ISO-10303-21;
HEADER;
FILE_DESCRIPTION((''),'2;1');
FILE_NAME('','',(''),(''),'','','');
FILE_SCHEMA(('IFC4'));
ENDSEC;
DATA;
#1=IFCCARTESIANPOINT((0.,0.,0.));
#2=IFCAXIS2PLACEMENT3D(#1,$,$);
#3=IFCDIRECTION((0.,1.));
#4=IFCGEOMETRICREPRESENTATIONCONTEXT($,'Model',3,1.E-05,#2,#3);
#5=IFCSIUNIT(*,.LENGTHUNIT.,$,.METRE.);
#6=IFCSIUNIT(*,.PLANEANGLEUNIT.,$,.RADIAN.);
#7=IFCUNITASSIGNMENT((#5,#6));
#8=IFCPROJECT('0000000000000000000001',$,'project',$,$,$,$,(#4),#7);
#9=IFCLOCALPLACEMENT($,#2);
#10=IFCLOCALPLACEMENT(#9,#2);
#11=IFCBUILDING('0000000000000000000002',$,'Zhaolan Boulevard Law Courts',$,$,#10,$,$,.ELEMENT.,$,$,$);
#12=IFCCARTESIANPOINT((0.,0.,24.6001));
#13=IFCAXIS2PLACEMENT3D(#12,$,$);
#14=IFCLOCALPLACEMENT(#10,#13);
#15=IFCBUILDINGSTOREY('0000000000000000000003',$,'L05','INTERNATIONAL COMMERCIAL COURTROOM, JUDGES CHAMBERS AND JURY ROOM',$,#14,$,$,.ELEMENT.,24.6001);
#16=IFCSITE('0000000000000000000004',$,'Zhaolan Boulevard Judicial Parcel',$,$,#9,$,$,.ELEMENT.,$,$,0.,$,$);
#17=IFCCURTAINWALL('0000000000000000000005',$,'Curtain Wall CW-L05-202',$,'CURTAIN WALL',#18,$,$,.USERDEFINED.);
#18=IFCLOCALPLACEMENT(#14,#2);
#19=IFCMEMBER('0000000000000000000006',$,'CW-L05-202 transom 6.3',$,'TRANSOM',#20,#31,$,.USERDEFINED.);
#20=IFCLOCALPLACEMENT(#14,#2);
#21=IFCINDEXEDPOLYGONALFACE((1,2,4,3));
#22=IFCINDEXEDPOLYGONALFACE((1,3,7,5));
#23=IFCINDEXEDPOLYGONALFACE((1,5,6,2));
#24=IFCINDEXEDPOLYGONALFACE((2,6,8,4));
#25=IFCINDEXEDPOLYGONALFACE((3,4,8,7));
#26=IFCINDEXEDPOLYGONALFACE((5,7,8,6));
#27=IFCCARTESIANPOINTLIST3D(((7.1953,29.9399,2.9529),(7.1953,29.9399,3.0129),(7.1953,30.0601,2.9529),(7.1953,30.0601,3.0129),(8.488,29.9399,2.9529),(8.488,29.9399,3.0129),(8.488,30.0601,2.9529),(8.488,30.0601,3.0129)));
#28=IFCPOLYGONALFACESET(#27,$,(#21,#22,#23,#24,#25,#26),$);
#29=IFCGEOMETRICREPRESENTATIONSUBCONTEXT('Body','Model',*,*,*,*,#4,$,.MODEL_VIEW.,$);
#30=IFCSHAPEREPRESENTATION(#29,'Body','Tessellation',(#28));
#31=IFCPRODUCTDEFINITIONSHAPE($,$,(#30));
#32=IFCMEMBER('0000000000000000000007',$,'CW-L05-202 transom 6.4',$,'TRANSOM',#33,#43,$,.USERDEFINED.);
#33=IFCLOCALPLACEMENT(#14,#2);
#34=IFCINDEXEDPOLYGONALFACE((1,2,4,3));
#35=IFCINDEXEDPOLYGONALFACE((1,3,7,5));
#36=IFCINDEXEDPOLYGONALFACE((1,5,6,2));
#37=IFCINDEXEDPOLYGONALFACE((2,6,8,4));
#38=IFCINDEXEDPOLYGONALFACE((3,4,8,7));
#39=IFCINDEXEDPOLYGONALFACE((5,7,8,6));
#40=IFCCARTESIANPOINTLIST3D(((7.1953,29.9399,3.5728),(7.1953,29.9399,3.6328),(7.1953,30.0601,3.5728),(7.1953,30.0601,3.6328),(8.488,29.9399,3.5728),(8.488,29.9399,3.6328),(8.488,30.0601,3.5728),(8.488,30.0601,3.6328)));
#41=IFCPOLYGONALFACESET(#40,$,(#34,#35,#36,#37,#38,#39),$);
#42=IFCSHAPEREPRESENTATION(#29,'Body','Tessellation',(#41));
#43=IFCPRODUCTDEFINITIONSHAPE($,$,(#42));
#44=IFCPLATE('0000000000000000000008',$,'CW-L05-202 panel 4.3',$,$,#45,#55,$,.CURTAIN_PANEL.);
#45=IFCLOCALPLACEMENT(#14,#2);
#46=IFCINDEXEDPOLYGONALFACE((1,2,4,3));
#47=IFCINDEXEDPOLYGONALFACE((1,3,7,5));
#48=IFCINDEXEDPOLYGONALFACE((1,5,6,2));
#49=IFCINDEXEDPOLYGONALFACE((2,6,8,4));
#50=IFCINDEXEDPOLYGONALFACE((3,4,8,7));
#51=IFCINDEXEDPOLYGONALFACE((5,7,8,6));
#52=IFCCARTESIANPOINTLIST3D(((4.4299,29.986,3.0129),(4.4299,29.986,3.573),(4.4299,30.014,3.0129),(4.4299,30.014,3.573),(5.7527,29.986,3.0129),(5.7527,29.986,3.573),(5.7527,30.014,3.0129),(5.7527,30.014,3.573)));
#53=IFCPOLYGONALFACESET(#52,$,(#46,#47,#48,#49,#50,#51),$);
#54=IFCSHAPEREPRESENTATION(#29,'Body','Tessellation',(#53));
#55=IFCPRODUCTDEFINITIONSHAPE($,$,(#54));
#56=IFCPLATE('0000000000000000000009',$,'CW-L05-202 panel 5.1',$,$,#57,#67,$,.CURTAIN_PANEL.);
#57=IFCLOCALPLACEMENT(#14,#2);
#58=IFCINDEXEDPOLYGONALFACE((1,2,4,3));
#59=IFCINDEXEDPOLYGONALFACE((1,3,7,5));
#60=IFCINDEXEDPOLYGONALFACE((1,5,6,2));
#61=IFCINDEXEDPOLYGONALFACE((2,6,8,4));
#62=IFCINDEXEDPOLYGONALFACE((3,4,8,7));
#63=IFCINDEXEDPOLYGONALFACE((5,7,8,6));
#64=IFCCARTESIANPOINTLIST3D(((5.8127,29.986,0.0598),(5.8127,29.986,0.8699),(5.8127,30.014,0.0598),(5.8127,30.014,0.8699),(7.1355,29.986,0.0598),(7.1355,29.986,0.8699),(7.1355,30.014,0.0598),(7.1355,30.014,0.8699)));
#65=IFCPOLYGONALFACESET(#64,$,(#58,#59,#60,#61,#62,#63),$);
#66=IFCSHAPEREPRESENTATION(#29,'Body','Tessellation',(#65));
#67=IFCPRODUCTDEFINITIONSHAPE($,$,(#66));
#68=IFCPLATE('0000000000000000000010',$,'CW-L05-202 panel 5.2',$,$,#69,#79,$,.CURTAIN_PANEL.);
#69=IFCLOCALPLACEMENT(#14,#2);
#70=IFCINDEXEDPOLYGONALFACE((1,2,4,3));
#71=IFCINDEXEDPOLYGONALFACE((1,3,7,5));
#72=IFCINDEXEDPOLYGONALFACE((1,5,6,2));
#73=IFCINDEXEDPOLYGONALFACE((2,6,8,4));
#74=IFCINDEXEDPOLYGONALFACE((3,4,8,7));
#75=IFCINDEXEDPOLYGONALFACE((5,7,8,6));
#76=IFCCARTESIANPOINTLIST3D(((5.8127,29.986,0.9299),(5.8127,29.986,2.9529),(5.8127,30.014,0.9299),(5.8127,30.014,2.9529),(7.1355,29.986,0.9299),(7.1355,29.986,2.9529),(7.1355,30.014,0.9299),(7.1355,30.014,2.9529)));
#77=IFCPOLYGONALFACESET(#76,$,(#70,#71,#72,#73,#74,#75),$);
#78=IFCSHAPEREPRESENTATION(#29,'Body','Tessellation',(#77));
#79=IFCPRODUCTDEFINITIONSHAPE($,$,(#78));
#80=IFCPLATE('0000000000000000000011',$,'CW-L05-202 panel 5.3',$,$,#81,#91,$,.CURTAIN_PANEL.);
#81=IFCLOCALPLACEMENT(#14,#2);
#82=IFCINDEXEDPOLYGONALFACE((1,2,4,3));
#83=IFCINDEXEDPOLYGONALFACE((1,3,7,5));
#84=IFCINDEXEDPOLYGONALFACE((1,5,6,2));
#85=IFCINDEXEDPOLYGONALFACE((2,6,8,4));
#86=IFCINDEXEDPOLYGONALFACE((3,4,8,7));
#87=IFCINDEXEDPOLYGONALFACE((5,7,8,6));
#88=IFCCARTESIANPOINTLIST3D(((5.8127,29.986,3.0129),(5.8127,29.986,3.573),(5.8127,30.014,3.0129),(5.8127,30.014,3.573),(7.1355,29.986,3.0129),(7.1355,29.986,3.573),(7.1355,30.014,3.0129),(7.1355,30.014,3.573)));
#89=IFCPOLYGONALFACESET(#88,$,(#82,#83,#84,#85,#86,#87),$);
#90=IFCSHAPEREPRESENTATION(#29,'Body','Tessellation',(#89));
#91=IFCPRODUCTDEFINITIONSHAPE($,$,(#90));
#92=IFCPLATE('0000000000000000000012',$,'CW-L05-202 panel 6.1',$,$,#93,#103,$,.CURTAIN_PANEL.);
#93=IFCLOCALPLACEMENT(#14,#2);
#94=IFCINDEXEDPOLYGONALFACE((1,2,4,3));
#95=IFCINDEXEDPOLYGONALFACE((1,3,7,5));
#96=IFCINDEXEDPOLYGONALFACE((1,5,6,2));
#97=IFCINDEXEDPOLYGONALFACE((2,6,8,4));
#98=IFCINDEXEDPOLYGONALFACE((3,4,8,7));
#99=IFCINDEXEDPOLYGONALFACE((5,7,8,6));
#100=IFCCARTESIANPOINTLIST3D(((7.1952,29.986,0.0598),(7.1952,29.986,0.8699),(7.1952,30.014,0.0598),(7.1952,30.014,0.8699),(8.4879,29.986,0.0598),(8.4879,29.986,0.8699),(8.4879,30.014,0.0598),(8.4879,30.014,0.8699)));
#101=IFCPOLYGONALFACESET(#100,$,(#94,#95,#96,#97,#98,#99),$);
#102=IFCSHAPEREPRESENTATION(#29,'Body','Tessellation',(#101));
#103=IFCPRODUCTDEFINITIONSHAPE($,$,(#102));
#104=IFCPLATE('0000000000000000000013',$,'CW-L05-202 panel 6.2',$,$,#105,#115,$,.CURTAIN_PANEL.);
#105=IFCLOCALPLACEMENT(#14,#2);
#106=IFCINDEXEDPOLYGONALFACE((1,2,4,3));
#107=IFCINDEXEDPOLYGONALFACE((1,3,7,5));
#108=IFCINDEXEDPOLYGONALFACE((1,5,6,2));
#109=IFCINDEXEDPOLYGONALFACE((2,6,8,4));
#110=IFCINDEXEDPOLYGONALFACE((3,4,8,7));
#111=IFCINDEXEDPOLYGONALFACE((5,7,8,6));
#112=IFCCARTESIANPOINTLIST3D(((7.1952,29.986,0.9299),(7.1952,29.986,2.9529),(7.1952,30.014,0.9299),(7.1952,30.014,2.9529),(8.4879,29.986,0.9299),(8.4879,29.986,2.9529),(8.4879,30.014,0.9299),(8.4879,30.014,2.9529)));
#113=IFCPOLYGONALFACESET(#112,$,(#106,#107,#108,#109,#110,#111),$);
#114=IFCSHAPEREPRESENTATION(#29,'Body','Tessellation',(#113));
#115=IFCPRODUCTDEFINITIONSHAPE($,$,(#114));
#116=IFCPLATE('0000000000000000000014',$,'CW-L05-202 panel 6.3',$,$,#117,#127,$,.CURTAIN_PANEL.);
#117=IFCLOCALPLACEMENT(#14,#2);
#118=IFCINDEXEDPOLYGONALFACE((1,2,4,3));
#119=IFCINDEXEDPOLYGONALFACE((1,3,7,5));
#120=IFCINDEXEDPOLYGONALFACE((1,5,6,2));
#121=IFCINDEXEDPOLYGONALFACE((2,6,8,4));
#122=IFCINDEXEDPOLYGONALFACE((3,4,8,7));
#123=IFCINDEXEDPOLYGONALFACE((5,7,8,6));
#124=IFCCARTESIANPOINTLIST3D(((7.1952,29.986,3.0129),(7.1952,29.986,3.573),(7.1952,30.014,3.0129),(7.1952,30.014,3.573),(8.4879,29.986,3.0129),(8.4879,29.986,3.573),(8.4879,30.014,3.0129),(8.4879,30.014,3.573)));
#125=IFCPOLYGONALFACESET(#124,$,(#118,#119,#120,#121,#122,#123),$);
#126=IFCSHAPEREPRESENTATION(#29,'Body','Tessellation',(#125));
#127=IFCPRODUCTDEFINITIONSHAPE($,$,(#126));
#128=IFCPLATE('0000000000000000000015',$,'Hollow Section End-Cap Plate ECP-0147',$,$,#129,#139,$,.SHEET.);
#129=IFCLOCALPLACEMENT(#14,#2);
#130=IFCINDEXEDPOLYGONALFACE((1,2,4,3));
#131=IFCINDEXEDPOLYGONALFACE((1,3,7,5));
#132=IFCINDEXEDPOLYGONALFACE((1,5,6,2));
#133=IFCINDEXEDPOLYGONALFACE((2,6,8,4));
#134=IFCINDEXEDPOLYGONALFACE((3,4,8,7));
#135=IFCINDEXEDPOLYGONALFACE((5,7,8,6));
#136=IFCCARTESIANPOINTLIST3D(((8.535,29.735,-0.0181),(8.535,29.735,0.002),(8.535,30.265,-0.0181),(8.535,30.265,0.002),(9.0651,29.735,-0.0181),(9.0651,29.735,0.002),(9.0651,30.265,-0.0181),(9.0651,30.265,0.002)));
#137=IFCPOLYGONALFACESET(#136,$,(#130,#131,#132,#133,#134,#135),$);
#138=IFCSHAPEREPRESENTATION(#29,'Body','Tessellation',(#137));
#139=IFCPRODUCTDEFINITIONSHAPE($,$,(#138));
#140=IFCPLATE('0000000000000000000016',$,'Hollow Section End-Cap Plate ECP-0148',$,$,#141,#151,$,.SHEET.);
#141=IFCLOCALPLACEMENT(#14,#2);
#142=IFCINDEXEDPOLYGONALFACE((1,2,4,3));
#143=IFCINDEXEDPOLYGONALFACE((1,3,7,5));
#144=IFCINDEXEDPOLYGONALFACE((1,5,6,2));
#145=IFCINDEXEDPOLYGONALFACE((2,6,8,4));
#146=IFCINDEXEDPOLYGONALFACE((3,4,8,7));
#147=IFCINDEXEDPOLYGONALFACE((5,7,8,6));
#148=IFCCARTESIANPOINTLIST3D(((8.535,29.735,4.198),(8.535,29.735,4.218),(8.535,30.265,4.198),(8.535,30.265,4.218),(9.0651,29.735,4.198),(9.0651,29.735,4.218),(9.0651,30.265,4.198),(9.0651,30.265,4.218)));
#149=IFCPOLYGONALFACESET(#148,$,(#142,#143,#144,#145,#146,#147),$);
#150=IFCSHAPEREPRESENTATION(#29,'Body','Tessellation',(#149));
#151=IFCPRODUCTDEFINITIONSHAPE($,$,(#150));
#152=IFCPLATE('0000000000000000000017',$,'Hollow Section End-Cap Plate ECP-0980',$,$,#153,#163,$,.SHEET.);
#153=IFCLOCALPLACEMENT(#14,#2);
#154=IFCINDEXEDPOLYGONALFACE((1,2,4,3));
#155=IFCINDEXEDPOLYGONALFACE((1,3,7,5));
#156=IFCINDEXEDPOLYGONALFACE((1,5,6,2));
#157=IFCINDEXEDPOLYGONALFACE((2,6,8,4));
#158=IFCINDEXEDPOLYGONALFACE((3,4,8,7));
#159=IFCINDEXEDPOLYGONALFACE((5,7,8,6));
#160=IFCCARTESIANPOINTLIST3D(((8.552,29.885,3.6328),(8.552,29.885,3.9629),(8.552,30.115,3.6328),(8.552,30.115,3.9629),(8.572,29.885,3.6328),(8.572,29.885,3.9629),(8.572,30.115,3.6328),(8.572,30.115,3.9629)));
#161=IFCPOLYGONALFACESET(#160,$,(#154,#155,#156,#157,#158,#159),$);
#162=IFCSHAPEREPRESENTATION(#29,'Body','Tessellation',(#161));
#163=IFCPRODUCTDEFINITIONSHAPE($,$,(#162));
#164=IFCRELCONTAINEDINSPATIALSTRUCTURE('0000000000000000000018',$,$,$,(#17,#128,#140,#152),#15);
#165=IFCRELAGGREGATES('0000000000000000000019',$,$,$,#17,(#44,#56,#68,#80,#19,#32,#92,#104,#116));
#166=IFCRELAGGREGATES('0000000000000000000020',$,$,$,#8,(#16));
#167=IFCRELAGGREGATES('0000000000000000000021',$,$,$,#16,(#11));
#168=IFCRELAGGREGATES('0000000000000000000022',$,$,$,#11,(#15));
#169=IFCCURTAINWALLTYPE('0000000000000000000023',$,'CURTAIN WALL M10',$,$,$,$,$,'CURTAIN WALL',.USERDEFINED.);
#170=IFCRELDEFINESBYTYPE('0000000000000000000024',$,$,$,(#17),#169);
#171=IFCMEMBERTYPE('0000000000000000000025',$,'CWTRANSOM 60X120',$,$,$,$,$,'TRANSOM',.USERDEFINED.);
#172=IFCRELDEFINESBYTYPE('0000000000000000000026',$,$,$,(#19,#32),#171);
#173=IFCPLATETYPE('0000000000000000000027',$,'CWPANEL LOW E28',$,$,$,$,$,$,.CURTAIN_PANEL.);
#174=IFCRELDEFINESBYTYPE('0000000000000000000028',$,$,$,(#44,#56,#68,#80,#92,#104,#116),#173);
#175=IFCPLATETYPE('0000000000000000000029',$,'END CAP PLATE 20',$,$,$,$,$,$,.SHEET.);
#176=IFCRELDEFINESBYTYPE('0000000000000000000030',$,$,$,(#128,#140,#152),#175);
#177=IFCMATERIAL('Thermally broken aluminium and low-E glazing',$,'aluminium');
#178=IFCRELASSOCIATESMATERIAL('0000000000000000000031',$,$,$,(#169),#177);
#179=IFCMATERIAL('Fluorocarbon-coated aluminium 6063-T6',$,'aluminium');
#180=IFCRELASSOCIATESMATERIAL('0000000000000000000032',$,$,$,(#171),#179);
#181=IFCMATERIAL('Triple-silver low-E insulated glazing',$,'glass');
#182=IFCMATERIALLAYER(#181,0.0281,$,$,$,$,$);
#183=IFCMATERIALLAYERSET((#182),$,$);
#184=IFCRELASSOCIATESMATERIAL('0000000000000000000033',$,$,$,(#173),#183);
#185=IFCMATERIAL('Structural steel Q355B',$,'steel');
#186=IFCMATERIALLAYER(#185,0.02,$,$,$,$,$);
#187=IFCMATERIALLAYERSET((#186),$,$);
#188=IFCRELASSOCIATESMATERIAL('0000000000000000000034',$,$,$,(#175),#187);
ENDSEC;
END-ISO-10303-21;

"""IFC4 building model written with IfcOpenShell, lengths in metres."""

from ifc_helpers import new_model, si_unit, direction, frame, origin, origin_2d, place, context, subcontext, project, spatial, rectangle, extrude, material, layer, layer_set, material_profile, profile_set, type_object, element, aggregate, save


model = new_model("IFC4")

# Units and contexts
model_context = context("Model", 3, precision=1e-05, world=origin(), true_north=direction((0.0, 1.0)))
body_context = subcontext(model_context, "Body", "Model", "MODEL_VIEW")
ifc_project = project(units=[si_unit("LENGTHUNIT", "METRE"), si_unit("PLANEANGLEUNIT", "RADIAN")], contexts=[model_context])

# Site, building, storey
site_placement = place(None, origin())
site = spatial("IfcSite", under=ifc_project, at=site_placement, Name="Zhaolan Boulevard Judicial Parcel", CompositionType="ELEMENT", RefElevation=0.0)
building_placement = place(site_placement, origin())
building = spatial("IfcBuilding", under=site, at=building_placement, Name="Zhaolan Boulevard Law Courts", CompositionType="ELEMENT")
storey_placement = place(building_placement, frame((0.0, 0.0, 24.6001)))
storey = spatial("IfcBuildingStorey", under=building, at=storey_placement, Name="L05", Description="INTERNATIONAL COMMERCIAL COURTROOM, JUDGES CHAMBERS AND JURY ROOM", CompositionType="ELEMENT", Elevation=24.6001)

# Curtain wall, members, plates
ifc_material_1 = material(Name="Thermally broken aluminium and low-E glazing", Category="aluminium")
curtain_wall_type = type_object("IfcCurtainWallType", Name="CURTAIN WALL M10", ElementType="CURTAIN WALL", PredefinedType="USERDEFINED", material=ifc_material_1)
curtain_wall_placement = place(storey_placement, origin())
curtain_wall = element("IfcCurtainWall", 1, at=curtain_wall_placement, inside=storey, type_object=curtain_wall_type, Name="Curtain Wall CW-L05-202", ObjectType="CURTAIN WALL", PredefinedType="USERDEFINED")
ifc_material_2 = material(Name="Fluorocarbon-coated aluminium 6063-T6", Category="aluminium")
ifc_material_profile_1 = material_profile(ifc_material_2, rectangle(XDim=0.1201, YDim=0.0601, at=origin_2d()), Name="AL60x120")
ifc_profile_set_1 = profile_set([ifc_material_profile_1], Name="Fluorocarbon-coated aluminium 6063-T6")
member_type_1 = type_object("IfcMemberType", Name="CWTRANSOM 60X120", ElementType="TRANSOM", PredefinedType="USERDEFINED", material=ifc_profile_set_1)
member_1_placement = place(storey_placement, frame((7.1953, 30.0, 2.9829), z_axis=(1.0, 0.0, 0.0), x_axis=(0.0, 1.0, 0.0)))
member_1 = element("IfcMember", 2, at=member_1_placement, type_object=member_type_1, Name="CW-L05-202 transom 6.3", ObjectType="TRANSOM", PredefinedType="USERDEFINED", context=body_context, shape_type="SweptSolid", body=[
    extrude(rectangle(XDim=0.1201, YDim=0.0601, at=origin_2d()), origin(), (0.0, 0.0, 1.0), 1.2927),
])
member_2_placement = place(storey_placement, frame((7.1953, 30.0, 3.6028), z_axis=(1.0, 0.0, 0.0), x_axis=(0.0, 1.0, 0.0)))
member_2 = element("IfcMember", 3, at=member_2_placement, type_object=member_type_1, Name="CW-L05-202 transom 6.4", ObjectType="TRANSOM", PredefinedType="USERDEFINED", context=body_context, shape_type="SweptSolid", body=[
    extrude(rectangle(XDim=0.1201, YDim=0.0601, at=origin_2d()), origin(), (0.0, 0.0, 1.0), 1.2927),
])
ifc_material_3 = material(Name="Triple-silver low-E insulated glazing", Category="glass")
ifc_layer_1 = layer(ifc_material_3, 0.0281)
ifc_layer_set_1 = layer_set([ifc_layer_1])
plate_type_1 = type_object("IfcPlateType", Name="CWPANEL LOW E28", PredefinedType="CURTAIN_PANEL", material=ifc_layer_set_1)
plate_1_placement = place(storey_placement, frame((5.0913, 30.0, 3.0129), z_axis=(0.0, 0.0, 1.0), x_axis=(1.0, 0.0, 0.0)))
plate_1 = element("IfcPlate", 4, at=plate_1_placement, type_object=plate_type_1, Name="CW-L05-202 panel 4.3", PredefinedType="CURTAIN_PANEL", context=body_context, shape_type="SweptSolid", body=[
    extrude(rectangle(XDim=1.3228, YDim=0.0281, at=origin_2d()), origin(), (0.0, 0.0, 1.0), 0.5601),
])
plate_2_placement = place(storey_placement, frame((6.4741, 30.0, 0.0598), z_axis=(0.0, 0.0, 1.0), x_axis=(1.0, 0.0, 0.0)))
plate_2 = element("IfcPlate", 5, at=plate_2_placement, type_object=plate_type_1, Name="CW-L05-202 panel 5.1", PredefinedType="CURTAIN_PANEL", context=body_context, shape_type="SweptSolid", body=[
    extrude(rectangle(XDim=1.3228, YDim=0.0281, at=origin_2d()), origin(), (0.0, 0.0, 1.0), 0.8101),
])
plate_3_placement = place(storey_placement, frame((6.4741, 30.0, 0.9299), z_axis=(0.0, 0.0, 1.0), x_axis=(1.0, 0.0, 0.0)))
plate_3 = element("IfcPlate", 6, at=plate_3_placement, type_object=plate_type_1, Name="CW-L05-202 panel 5.2", PredefinedType="CURTAIN_PANEL", context=body_context, shape_type="SweptSolid", body=[
    extrude(rectangle(XDim=1.3228, YDim=0.0281, at=origin_2d()), origin(), (0.0, 0.0, 1.0), 2.0229),
])
plate_4_placement = place(storey_placement, frame((6.4741, 30.0, 3.0129), z_axis=(0.0, 0.0, 1.0), x_axis=(1.0, 0.0, 0.0)))
plate_4 = element("IfcPlate", 7, at=plate_4_placement, type_object=plate_type_1, Name="CW-L05-202 panel 5.3", PredefinedType="CURTAIN_PANEL", context=body_context, shape_type="SweptSolid", body=[
    extrude(rectangle(XDim=1.3228, YDim=0.0281, at=origin_2d()), origin(), (0.0, 0.0, 1.0), 0.5601),
])
plate_5_placement = place(storey_placement, frame((7.8416, 30.0, 0.0598), z_axis=(0.0, 0.0, 1.0), x_axis=(1.0, 0.0, 0.0)))
plate_5 = element("IfcPlate", 8, at=plate_5_placement, type_object=plate_type_1, Name="CW-L05-202 panel 6.1", PredefinedType="CURTAIN_PANEL", context=body_context, shape_type="SweptSolid", body=[
    extrude(rectangle(XDim=1.2927, YDim=0.0281, at=origin_2d()), origin(), (0.0, 0.0, 1.0), 0.8101),
])
plate_6_placement = place(storey_placement, frame((7.8416, 30.0, 0.9299), z_axis=(0.0, 0.0, 1.0), x_axis=(1.0, 0.0, 0.0)))
plate_6 = element("IfcPlate", 9, at=plate_6_placement, type_object=plate_type_1, Name="CW-L05-202 panel 6.2", PredefinedType="CURTAIN_PANEL", context=body_context, shape_type="SweptSolid", body=[
    extrude(rectangle(XDim=1.2927, YDim=0.0281, at=origin_2d()), origin(), (0.0, 0.0, 1.0), 2.0229),
])
plate_7_placement = place(storey_placement, frame((7.8416, 30.0, 3.0129), z_axis=(0.0, 0.0, 1.0), x_axis=(1.0, 0.0, 0.0)))
plate_7 = element("IfcPlate", 10, at=plate_7_placement, type_object=plate_type_1, Name="CW-L05-202 panel 6.3", PredefinedType="CURTAIN_PANEL", context=body_context, shape_type="SweptSolid", body=[
    extrude(rectangle(XDim=1.2927, YDim=0.0281, at=origin_2d()), origin(), (0.0, 0.0, 1.0), 0.5601),
])
aggregate(curtain_wall, [plate_1, plate_2, plate_3, plate_4, member_1, member_2, plate_5, plate_6, plate_7])

# Plates
ifc_material_4 = material(Name="Structural steel Q355B", Category="steel")
ifc_layer_2 = layer(ifc_material_4, 0.02)
ifc_layer_set_2 = layer_set([ifc_layer_2])
plate_type_2 = type_object("IfcPlateType", Name="END CAP PLATE 20", PredefinedType="SHEET", material=ifc_layer_set_2)
for number, where, z_axis, x_axis, name in (
    (11, (8.8, 30.0, -0.0181), (0.0, 0.0, 1.0), (1.0, 0.0, 0.0), "Hollow Section End-Cap Plate ECP-0147"),
    (12, (8.8, 30.0, 4.198), (0.0, 0.0, 1.0), (1.0, 0.0, 0.0), "Hollow Section End-Cap Plate ECP-0148"),
):
    element("IfcPlate", number, at=place(storey_placement, frame(where, z_axis=z_axis, x_axis=x_axis)), inside=storey, type_object=plate_type_2, Name=name, PredefinedType="SHEET", context=body_context, shape_type="SweptSolid", body=[
        extrude(rectangle(XDim=0.53, YDim=0.53, at=origin_2d()), origin(), (0.0, 0.0, 1.0), 0.02),
    ])
plate_8_placement = place(storey_placement, frame((8.562, 30.0, 3.6328), z_axis=(0.0, 0.0, 1.0), x_axis=(1.0, 0.0, 0.0)))
element("IfcPlate", 13, at=plate_8_placement, inside=storey, type_object=plate_type_2, Name="Hollow Section End-Cap Plate ECP-0980", PredefinedType="SHEET", context=body_context, shape_type="SweptSolid", body=[
    extrude(rectangle(XDim=0.02, YDim=0.23, at=origin_2d()), origin(), (0.0, 0.0, 1.0), 0.3301),
])

save(model, "model.ifc")
